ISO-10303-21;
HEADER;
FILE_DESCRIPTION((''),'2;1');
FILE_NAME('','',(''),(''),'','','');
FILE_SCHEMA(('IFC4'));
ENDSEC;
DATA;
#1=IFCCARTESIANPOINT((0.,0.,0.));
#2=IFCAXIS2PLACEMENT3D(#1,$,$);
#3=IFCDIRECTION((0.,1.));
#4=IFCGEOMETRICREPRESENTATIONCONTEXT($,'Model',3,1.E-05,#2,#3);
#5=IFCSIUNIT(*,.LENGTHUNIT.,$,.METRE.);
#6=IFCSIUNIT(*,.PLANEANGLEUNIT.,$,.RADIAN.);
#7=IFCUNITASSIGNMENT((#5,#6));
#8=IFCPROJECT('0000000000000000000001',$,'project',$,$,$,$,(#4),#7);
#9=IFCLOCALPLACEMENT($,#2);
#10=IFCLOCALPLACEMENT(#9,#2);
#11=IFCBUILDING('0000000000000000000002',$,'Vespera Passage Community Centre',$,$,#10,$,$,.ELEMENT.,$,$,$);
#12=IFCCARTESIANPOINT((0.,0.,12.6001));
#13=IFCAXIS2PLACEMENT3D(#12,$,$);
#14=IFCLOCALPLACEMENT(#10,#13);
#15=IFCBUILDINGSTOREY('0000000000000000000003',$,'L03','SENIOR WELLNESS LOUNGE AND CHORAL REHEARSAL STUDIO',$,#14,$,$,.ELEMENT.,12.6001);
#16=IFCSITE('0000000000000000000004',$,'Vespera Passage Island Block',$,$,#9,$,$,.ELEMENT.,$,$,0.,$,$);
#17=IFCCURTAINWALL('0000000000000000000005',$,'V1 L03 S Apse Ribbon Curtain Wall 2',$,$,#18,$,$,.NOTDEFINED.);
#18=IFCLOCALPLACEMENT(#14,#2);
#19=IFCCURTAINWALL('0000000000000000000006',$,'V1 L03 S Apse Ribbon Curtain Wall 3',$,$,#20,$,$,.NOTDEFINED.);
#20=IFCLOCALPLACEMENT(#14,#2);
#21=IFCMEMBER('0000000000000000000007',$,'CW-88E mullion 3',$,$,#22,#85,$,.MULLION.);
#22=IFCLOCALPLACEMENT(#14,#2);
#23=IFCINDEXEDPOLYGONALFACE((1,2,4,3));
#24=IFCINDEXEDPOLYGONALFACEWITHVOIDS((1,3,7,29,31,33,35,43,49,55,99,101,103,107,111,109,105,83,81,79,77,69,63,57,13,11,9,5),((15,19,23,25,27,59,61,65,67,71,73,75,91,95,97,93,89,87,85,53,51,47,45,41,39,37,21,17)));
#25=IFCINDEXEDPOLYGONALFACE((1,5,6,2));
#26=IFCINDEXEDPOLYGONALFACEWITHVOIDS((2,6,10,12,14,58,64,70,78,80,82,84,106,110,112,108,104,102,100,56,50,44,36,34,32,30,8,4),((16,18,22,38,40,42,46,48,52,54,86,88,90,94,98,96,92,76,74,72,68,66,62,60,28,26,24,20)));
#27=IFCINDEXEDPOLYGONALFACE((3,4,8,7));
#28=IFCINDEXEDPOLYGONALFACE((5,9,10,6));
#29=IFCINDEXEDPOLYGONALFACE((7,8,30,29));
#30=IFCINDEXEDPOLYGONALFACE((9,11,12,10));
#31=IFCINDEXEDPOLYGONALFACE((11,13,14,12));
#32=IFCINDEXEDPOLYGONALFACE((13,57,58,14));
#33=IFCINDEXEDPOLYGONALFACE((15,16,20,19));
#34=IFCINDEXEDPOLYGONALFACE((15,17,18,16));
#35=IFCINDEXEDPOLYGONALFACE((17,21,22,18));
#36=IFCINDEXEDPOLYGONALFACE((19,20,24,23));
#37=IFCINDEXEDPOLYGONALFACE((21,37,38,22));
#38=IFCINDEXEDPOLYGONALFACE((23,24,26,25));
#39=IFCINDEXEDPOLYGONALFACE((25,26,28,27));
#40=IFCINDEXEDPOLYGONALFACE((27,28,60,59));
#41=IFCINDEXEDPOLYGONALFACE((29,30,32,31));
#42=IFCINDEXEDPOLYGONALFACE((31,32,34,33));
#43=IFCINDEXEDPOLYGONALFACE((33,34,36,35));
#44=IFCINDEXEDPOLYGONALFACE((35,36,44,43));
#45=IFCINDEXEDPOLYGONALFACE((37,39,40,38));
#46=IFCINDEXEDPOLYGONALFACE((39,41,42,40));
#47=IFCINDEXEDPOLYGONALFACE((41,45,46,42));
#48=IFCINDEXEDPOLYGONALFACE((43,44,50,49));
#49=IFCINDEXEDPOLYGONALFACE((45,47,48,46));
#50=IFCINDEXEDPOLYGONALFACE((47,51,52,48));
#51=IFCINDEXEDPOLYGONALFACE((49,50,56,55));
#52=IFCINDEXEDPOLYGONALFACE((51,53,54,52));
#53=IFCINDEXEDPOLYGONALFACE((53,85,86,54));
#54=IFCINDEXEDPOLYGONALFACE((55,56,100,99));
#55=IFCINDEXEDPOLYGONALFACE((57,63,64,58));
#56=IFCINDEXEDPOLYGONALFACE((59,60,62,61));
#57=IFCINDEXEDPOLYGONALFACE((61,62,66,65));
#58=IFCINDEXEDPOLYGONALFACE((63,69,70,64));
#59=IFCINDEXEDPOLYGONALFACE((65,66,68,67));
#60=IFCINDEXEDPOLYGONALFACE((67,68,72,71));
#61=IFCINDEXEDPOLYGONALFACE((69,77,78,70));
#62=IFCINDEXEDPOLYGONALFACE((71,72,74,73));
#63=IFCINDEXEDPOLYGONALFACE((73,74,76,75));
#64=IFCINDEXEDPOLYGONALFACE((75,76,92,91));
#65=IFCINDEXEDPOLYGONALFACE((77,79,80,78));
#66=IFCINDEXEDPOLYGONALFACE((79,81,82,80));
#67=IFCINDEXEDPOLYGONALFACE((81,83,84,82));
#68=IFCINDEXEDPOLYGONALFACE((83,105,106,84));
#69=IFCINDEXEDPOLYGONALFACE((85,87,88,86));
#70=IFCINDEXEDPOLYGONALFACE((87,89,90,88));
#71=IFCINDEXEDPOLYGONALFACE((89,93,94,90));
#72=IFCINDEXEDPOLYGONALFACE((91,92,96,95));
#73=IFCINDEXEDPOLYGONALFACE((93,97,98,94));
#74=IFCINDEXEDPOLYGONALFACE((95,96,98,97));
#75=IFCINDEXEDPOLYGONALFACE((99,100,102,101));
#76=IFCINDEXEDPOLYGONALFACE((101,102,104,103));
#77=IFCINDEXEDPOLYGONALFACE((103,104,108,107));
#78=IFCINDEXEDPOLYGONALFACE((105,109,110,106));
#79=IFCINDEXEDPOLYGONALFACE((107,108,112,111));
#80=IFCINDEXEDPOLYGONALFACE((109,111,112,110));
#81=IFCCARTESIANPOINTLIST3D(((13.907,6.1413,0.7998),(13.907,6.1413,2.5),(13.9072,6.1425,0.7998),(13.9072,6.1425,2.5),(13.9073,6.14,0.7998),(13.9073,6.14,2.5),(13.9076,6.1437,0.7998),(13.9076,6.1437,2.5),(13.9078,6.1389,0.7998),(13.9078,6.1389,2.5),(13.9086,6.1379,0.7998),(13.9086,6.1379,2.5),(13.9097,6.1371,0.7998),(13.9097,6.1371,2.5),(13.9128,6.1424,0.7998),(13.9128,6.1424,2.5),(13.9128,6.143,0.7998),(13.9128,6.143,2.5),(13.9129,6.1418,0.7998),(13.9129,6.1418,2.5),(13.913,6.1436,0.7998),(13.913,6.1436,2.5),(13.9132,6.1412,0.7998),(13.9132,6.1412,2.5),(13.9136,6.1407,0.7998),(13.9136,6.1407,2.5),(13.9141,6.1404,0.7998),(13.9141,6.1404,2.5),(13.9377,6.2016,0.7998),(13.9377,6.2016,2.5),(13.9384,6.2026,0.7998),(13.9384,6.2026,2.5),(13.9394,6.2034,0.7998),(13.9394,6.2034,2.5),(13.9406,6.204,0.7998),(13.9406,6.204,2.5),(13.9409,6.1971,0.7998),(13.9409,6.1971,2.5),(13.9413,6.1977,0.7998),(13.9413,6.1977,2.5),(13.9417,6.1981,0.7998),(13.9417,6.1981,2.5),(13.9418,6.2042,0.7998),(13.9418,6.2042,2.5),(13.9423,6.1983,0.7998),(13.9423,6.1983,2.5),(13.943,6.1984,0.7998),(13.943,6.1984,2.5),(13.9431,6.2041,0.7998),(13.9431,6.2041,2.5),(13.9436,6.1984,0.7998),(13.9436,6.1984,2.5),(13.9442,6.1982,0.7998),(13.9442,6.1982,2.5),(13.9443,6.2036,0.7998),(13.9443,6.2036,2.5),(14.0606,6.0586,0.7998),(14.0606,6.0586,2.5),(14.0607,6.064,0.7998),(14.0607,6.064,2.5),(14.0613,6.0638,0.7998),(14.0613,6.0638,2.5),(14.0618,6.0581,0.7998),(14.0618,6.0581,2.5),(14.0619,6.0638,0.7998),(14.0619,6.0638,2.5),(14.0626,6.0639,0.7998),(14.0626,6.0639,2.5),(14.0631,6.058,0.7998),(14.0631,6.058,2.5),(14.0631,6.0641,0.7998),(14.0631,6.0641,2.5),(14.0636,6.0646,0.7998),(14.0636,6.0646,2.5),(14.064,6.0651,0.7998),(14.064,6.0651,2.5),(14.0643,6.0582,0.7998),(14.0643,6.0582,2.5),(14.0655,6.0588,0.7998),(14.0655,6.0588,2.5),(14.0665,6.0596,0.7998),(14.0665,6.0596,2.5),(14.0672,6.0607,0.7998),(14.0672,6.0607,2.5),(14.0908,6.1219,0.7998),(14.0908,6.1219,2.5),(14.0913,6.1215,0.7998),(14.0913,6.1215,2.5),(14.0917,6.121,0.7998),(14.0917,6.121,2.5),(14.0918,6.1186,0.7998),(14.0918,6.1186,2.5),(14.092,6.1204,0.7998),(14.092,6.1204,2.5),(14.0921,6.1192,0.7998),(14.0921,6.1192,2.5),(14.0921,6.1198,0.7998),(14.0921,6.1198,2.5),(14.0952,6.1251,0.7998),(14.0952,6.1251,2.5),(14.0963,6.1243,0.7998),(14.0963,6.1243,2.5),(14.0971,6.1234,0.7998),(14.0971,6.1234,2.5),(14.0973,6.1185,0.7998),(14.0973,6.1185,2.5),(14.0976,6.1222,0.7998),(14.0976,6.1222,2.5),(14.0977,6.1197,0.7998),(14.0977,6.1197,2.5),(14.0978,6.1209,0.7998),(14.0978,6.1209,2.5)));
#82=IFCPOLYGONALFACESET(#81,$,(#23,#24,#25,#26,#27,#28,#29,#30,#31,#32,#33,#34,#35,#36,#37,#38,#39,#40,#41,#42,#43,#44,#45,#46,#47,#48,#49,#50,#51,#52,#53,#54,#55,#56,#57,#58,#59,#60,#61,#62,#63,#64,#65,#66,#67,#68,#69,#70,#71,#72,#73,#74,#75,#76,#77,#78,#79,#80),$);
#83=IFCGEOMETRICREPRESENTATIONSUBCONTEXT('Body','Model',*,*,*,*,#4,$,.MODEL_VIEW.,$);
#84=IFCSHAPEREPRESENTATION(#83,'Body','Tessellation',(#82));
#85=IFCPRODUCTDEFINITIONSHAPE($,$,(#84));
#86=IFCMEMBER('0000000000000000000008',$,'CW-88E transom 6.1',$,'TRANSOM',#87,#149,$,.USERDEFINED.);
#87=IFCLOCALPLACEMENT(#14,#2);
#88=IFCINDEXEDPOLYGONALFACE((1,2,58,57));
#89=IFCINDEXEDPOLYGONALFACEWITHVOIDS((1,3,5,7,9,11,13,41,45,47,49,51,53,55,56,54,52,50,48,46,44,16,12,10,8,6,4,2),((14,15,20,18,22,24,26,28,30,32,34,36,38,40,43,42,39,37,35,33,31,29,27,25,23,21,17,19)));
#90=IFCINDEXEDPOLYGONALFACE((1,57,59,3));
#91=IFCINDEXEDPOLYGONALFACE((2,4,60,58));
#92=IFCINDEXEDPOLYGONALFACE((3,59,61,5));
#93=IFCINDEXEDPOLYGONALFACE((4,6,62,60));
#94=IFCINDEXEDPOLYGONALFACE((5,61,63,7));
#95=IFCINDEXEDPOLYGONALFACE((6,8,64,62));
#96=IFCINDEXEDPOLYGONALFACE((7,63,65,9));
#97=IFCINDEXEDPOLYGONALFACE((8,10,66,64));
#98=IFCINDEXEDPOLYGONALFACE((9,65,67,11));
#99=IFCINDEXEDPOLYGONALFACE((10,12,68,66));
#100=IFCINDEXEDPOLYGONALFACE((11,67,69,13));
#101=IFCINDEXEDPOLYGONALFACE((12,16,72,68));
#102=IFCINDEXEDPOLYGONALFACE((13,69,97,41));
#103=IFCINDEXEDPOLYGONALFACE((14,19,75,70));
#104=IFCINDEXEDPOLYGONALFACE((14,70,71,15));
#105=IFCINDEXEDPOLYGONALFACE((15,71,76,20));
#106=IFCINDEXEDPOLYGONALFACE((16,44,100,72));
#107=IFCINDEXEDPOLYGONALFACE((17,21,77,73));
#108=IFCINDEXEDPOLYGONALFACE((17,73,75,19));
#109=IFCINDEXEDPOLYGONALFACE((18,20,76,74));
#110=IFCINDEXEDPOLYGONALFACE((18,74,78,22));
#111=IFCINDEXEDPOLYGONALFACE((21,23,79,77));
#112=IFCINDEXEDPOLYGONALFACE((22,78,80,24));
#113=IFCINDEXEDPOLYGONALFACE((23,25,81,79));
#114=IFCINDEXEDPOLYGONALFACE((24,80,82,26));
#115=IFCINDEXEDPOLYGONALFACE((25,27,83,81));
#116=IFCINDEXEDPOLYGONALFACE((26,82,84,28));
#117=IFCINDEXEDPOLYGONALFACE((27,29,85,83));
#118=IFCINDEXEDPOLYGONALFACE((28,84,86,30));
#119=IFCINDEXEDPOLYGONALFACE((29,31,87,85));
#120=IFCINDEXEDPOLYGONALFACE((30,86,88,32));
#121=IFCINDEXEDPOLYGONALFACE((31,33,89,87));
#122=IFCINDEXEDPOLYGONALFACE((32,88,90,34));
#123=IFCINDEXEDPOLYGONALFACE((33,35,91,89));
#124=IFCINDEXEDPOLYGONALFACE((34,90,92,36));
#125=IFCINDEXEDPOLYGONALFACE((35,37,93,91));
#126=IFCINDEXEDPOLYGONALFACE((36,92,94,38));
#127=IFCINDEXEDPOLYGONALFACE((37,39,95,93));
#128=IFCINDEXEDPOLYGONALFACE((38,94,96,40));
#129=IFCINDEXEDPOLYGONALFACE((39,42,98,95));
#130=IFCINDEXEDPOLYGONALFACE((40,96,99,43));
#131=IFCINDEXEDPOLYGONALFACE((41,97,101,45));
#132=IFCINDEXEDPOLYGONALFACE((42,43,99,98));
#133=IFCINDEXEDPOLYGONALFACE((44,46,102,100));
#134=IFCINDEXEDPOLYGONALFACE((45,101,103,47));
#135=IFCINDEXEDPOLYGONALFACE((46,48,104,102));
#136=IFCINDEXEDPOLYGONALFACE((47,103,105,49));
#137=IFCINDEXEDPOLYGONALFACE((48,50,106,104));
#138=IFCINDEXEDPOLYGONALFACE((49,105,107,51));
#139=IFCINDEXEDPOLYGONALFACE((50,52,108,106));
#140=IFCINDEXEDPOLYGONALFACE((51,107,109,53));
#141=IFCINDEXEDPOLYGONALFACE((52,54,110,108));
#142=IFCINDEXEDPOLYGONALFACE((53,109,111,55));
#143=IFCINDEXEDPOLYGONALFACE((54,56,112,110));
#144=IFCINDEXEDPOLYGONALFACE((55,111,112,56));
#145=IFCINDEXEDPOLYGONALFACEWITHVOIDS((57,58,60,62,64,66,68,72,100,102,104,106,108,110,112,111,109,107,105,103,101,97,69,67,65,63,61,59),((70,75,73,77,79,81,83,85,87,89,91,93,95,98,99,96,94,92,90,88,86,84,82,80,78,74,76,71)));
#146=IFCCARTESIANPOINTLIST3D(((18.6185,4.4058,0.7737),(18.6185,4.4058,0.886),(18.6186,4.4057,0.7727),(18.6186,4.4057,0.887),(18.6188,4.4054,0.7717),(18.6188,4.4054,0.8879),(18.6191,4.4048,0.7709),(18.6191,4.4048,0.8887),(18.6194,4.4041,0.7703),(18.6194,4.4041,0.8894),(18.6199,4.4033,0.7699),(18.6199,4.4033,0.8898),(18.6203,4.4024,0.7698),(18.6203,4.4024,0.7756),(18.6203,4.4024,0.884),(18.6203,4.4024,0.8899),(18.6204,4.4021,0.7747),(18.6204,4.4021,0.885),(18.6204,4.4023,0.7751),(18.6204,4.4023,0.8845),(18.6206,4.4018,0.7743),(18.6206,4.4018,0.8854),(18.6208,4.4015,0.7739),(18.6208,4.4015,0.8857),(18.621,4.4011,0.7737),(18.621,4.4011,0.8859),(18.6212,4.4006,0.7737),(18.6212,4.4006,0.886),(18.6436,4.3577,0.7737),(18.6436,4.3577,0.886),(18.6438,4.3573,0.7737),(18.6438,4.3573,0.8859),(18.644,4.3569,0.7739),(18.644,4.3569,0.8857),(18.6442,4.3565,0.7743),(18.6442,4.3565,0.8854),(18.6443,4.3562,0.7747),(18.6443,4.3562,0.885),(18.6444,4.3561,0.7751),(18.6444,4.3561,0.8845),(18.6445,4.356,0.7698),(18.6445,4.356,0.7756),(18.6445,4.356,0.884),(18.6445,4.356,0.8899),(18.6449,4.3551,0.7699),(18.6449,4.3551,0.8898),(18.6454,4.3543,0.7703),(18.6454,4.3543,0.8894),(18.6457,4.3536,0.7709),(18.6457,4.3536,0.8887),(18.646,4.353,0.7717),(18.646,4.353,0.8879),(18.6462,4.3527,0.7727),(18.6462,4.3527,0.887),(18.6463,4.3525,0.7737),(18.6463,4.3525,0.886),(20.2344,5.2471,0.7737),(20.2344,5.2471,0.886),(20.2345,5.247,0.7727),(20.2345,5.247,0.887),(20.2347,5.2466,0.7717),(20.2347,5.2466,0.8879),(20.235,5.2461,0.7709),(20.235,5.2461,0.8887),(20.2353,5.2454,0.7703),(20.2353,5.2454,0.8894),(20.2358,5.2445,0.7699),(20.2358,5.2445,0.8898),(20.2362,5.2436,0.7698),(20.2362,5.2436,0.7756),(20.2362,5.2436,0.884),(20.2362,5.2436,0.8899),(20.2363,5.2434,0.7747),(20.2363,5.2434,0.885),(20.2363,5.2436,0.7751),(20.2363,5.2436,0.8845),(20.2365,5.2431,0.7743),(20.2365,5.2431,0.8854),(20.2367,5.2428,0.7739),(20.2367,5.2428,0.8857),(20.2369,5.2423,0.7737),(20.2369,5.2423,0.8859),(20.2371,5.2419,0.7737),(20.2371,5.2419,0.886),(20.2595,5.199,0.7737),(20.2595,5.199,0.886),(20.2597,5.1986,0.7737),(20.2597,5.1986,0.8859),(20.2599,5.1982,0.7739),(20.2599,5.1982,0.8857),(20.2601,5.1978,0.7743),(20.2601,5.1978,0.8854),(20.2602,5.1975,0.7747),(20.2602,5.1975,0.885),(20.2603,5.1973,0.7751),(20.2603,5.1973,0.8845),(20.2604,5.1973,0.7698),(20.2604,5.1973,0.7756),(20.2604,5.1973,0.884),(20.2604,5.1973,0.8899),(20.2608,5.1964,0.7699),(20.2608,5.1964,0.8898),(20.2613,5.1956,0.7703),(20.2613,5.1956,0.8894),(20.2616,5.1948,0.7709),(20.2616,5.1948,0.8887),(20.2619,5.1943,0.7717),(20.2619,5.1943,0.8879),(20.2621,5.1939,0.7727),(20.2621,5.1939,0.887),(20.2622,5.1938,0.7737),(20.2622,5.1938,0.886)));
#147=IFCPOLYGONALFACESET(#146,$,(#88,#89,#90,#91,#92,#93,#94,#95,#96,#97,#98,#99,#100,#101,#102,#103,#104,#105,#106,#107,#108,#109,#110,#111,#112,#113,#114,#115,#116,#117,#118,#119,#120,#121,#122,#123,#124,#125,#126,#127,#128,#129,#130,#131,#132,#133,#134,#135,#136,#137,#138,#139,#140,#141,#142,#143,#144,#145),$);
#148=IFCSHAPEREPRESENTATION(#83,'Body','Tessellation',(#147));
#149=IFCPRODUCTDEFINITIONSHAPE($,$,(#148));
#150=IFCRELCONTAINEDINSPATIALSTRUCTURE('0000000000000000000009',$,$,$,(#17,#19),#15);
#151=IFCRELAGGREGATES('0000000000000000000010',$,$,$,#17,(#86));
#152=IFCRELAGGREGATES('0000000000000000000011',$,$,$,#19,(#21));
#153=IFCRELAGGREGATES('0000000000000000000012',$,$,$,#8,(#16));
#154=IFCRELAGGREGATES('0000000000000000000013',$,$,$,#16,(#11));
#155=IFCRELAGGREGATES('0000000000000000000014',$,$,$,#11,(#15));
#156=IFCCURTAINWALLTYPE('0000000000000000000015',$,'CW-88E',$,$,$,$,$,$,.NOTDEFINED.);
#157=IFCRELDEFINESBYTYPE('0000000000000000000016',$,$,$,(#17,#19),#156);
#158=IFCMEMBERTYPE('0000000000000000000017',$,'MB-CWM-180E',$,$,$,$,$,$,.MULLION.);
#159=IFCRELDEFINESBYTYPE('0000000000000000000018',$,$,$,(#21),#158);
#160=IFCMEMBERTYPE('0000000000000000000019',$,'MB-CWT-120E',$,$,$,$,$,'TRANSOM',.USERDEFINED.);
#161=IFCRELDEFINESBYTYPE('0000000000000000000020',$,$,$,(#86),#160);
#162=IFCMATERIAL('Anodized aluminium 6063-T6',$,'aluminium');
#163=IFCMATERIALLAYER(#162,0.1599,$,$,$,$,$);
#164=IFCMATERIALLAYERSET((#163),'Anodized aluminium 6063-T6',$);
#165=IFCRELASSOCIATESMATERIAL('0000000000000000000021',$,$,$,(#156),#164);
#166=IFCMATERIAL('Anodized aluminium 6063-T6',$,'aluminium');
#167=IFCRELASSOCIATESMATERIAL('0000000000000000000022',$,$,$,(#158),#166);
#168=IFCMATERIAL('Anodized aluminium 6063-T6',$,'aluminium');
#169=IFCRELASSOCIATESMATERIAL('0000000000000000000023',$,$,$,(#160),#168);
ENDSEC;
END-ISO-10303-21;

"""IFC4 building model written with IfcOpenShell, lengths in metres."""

from ifc_helpers import new_model, si_unit, direction, frame, origin, origin_2d, place, context, subcontext, project, spatial, hollow_rectangle, extrude, material, layer, layer_set, material_profile, profile_set, type_object, element, aggregate, save


model = new_model("IFC4")

# Units and contexts
model_context = context("Model", 3, precision=1e-05, world=origin(), true_north=direction((0.0, 1.0)))
body_context = subcontext(model_context, "Body", "Model", "MODEL_VIEW")
ifc_project = project(units=[si_unit("LENGTHUNIT", "METRE"), si_unit("PLANEANGLEUNIT", "RADIAN")], contexts=[model_context])

# Site, building, storey
site_placement = place(None, origin())
site = spatial("IfcSite", under=ifc_project, at=site_placement, Name="Vespera Passage Island Block", CompositionType="ELEMENT", RefElevation=0.0)
building_placement = place(site_placement, origin())
building = spatial("IfcBuilding", under=site, at=building_placement, Name="Vespera Passage Community Centre", CompositionType="ELEMENT")
storey_placement = place(building_placement, frame((0.0, 0.0, 12.6001)))
storey = spatial("IfcBuildingStorey", under=building, at=storey_placement, Name="L03", Description="SENIOR WELLNESS LOUNGE AND CHORAL REHEARSAL STUDIO", CompositionType="ELEMENT", Elevation=12.6001)

# Curtain walls, member
ifc_material_1 = material(Name="Anodized aluminium 6063-T6", Category="aluminium")
ifc_layer_1 = layer(ifc_material_1, 0.1599)
ifc_layer_set_1 = layer_set([ifc_layer_1], Name="Anodized aluminium 6063-T6")
curtain_wall_type = type_object("IfcCurtainWallType", Name="CW-88E", PredefinedType="NOTDEFINED", material=ifc_layer_set_1)
curtain_wall_1_placement = place(storey_placement, origin())
curtain_wall_1 = element("IfcCurtainWall", 1, at=curtain_wall_1_placement, inside=storey, type_object=curtain_wall_type, Name="V1 L03 S Apse Ribbon Curtain Wall 2", PredefinedType="NOTDEFINED")
ifc_material_2 = material(Name="Anodized aluminium 6063-T6", Category="aluminium")
ifc_material_profile_1 = material_profile(ifc_material_2, hollow_rectangle(XDim=0.075, YDim=0.1799, WallThickness=0.0049, InnerFilletRadius=0.0024, OuterFilletRadius=0.0049, at=origin_2d()), Name="ALU180X75X5")
ifc_profile_set_1 = profile_set([ifc_material_profile_1], Name="Anodized aluminium 6063-T6")
member_type_1 = type_object("IfcMemberType", Name="MB-CWM-180E", PredefinedType="MULLION", material=ifc_profile_set_1)
curtain_wall_2_placement = place(storey_placement, origin())
curtain_wall_2 = element("IfcCurtainWall", 2, at=curtain_wall_2_placement, inside=storey, type_object=curtain_wall_type, Name="V1 L03 S Apse Ribbon Curtain Wall 3", PredefinedType="NOTDEFINED")
member_1_placement = place(storey_placement, frame((14.0024, 6.1311, 0.7998), z_axis=(0.0, 0.0, 1.0), x_axis=(-0.461745, -0.887013, 0.0)))
member_1 = element("IfcMember", 3, at=member_1_placement, type_object=member_type_1, Name="CW-88E mullion 3", PredefinedType="MULLION", context=body_context, shape_type="SweptSolid", body=[
    extrude(hollow_rectangle(XDim=0.075, YDim=0.1799, WallThickness=0.0049, InnerFilletRadius=0.0024, OuterFilletRadius=0.0049, at=origin_2d()), origin(), (0.0, 0.0, 1.0), 1.7002),
])

# Member
ifc_material_3 = material(Name="Anodized aluminium 6063-T6", Category="aluminium")
ifc_material_profile_2 = material_profile(ifc_material_3, hollow_rectangle(XDim=0.0601, YDim=0.1201, WallThickness=0.0039, InnerFilletRadius=0.002, OuterFilletRadius=0.0039, at=origin_2d()), Name="ALU120X60X4")
ifc_profile_set_2 = profile_set([ifc_material_profile_2], Name="Anodized aluminium 6063-T6")
member_type_2 = type_object("IfcMemberType", Name="MB-CWT-120E", ElementType="TRANSOM", PredefinedType="USERDEFINED", material=ifc_profile_set_2)
member_2_placement = place(storey_placement, frame((20.2483, 5.2205, 0.8298), z_axis=(-0.886991, -0.461787, 0.0), x_axis=(0.461787, -0.886991, 0.0)))
member_2 = element("IfcMember", 4, at=member_2_placement, type_object=member_type_2, Name="CW-88E transom 6.1", ObjectType="TRANSOM", PredefinedType="USERDEFINED", context=body_context, shape_type="SweptSolid", body=[
    extrude(hollow_rectangle(XDim=0.0601, YDim=0.1201, WallThickness=0.0039, InnerFilletRadius=0.002, OuterFilletRadius=0.0039, at=origin_2d()), origin(), (0.0, 0.0, 1.0), 1.8218),
])

aggregate(curtain_wall_1, [member_2])
aggregate(curtain_wall_2, [member_1])

save(model, "model.ifc")
